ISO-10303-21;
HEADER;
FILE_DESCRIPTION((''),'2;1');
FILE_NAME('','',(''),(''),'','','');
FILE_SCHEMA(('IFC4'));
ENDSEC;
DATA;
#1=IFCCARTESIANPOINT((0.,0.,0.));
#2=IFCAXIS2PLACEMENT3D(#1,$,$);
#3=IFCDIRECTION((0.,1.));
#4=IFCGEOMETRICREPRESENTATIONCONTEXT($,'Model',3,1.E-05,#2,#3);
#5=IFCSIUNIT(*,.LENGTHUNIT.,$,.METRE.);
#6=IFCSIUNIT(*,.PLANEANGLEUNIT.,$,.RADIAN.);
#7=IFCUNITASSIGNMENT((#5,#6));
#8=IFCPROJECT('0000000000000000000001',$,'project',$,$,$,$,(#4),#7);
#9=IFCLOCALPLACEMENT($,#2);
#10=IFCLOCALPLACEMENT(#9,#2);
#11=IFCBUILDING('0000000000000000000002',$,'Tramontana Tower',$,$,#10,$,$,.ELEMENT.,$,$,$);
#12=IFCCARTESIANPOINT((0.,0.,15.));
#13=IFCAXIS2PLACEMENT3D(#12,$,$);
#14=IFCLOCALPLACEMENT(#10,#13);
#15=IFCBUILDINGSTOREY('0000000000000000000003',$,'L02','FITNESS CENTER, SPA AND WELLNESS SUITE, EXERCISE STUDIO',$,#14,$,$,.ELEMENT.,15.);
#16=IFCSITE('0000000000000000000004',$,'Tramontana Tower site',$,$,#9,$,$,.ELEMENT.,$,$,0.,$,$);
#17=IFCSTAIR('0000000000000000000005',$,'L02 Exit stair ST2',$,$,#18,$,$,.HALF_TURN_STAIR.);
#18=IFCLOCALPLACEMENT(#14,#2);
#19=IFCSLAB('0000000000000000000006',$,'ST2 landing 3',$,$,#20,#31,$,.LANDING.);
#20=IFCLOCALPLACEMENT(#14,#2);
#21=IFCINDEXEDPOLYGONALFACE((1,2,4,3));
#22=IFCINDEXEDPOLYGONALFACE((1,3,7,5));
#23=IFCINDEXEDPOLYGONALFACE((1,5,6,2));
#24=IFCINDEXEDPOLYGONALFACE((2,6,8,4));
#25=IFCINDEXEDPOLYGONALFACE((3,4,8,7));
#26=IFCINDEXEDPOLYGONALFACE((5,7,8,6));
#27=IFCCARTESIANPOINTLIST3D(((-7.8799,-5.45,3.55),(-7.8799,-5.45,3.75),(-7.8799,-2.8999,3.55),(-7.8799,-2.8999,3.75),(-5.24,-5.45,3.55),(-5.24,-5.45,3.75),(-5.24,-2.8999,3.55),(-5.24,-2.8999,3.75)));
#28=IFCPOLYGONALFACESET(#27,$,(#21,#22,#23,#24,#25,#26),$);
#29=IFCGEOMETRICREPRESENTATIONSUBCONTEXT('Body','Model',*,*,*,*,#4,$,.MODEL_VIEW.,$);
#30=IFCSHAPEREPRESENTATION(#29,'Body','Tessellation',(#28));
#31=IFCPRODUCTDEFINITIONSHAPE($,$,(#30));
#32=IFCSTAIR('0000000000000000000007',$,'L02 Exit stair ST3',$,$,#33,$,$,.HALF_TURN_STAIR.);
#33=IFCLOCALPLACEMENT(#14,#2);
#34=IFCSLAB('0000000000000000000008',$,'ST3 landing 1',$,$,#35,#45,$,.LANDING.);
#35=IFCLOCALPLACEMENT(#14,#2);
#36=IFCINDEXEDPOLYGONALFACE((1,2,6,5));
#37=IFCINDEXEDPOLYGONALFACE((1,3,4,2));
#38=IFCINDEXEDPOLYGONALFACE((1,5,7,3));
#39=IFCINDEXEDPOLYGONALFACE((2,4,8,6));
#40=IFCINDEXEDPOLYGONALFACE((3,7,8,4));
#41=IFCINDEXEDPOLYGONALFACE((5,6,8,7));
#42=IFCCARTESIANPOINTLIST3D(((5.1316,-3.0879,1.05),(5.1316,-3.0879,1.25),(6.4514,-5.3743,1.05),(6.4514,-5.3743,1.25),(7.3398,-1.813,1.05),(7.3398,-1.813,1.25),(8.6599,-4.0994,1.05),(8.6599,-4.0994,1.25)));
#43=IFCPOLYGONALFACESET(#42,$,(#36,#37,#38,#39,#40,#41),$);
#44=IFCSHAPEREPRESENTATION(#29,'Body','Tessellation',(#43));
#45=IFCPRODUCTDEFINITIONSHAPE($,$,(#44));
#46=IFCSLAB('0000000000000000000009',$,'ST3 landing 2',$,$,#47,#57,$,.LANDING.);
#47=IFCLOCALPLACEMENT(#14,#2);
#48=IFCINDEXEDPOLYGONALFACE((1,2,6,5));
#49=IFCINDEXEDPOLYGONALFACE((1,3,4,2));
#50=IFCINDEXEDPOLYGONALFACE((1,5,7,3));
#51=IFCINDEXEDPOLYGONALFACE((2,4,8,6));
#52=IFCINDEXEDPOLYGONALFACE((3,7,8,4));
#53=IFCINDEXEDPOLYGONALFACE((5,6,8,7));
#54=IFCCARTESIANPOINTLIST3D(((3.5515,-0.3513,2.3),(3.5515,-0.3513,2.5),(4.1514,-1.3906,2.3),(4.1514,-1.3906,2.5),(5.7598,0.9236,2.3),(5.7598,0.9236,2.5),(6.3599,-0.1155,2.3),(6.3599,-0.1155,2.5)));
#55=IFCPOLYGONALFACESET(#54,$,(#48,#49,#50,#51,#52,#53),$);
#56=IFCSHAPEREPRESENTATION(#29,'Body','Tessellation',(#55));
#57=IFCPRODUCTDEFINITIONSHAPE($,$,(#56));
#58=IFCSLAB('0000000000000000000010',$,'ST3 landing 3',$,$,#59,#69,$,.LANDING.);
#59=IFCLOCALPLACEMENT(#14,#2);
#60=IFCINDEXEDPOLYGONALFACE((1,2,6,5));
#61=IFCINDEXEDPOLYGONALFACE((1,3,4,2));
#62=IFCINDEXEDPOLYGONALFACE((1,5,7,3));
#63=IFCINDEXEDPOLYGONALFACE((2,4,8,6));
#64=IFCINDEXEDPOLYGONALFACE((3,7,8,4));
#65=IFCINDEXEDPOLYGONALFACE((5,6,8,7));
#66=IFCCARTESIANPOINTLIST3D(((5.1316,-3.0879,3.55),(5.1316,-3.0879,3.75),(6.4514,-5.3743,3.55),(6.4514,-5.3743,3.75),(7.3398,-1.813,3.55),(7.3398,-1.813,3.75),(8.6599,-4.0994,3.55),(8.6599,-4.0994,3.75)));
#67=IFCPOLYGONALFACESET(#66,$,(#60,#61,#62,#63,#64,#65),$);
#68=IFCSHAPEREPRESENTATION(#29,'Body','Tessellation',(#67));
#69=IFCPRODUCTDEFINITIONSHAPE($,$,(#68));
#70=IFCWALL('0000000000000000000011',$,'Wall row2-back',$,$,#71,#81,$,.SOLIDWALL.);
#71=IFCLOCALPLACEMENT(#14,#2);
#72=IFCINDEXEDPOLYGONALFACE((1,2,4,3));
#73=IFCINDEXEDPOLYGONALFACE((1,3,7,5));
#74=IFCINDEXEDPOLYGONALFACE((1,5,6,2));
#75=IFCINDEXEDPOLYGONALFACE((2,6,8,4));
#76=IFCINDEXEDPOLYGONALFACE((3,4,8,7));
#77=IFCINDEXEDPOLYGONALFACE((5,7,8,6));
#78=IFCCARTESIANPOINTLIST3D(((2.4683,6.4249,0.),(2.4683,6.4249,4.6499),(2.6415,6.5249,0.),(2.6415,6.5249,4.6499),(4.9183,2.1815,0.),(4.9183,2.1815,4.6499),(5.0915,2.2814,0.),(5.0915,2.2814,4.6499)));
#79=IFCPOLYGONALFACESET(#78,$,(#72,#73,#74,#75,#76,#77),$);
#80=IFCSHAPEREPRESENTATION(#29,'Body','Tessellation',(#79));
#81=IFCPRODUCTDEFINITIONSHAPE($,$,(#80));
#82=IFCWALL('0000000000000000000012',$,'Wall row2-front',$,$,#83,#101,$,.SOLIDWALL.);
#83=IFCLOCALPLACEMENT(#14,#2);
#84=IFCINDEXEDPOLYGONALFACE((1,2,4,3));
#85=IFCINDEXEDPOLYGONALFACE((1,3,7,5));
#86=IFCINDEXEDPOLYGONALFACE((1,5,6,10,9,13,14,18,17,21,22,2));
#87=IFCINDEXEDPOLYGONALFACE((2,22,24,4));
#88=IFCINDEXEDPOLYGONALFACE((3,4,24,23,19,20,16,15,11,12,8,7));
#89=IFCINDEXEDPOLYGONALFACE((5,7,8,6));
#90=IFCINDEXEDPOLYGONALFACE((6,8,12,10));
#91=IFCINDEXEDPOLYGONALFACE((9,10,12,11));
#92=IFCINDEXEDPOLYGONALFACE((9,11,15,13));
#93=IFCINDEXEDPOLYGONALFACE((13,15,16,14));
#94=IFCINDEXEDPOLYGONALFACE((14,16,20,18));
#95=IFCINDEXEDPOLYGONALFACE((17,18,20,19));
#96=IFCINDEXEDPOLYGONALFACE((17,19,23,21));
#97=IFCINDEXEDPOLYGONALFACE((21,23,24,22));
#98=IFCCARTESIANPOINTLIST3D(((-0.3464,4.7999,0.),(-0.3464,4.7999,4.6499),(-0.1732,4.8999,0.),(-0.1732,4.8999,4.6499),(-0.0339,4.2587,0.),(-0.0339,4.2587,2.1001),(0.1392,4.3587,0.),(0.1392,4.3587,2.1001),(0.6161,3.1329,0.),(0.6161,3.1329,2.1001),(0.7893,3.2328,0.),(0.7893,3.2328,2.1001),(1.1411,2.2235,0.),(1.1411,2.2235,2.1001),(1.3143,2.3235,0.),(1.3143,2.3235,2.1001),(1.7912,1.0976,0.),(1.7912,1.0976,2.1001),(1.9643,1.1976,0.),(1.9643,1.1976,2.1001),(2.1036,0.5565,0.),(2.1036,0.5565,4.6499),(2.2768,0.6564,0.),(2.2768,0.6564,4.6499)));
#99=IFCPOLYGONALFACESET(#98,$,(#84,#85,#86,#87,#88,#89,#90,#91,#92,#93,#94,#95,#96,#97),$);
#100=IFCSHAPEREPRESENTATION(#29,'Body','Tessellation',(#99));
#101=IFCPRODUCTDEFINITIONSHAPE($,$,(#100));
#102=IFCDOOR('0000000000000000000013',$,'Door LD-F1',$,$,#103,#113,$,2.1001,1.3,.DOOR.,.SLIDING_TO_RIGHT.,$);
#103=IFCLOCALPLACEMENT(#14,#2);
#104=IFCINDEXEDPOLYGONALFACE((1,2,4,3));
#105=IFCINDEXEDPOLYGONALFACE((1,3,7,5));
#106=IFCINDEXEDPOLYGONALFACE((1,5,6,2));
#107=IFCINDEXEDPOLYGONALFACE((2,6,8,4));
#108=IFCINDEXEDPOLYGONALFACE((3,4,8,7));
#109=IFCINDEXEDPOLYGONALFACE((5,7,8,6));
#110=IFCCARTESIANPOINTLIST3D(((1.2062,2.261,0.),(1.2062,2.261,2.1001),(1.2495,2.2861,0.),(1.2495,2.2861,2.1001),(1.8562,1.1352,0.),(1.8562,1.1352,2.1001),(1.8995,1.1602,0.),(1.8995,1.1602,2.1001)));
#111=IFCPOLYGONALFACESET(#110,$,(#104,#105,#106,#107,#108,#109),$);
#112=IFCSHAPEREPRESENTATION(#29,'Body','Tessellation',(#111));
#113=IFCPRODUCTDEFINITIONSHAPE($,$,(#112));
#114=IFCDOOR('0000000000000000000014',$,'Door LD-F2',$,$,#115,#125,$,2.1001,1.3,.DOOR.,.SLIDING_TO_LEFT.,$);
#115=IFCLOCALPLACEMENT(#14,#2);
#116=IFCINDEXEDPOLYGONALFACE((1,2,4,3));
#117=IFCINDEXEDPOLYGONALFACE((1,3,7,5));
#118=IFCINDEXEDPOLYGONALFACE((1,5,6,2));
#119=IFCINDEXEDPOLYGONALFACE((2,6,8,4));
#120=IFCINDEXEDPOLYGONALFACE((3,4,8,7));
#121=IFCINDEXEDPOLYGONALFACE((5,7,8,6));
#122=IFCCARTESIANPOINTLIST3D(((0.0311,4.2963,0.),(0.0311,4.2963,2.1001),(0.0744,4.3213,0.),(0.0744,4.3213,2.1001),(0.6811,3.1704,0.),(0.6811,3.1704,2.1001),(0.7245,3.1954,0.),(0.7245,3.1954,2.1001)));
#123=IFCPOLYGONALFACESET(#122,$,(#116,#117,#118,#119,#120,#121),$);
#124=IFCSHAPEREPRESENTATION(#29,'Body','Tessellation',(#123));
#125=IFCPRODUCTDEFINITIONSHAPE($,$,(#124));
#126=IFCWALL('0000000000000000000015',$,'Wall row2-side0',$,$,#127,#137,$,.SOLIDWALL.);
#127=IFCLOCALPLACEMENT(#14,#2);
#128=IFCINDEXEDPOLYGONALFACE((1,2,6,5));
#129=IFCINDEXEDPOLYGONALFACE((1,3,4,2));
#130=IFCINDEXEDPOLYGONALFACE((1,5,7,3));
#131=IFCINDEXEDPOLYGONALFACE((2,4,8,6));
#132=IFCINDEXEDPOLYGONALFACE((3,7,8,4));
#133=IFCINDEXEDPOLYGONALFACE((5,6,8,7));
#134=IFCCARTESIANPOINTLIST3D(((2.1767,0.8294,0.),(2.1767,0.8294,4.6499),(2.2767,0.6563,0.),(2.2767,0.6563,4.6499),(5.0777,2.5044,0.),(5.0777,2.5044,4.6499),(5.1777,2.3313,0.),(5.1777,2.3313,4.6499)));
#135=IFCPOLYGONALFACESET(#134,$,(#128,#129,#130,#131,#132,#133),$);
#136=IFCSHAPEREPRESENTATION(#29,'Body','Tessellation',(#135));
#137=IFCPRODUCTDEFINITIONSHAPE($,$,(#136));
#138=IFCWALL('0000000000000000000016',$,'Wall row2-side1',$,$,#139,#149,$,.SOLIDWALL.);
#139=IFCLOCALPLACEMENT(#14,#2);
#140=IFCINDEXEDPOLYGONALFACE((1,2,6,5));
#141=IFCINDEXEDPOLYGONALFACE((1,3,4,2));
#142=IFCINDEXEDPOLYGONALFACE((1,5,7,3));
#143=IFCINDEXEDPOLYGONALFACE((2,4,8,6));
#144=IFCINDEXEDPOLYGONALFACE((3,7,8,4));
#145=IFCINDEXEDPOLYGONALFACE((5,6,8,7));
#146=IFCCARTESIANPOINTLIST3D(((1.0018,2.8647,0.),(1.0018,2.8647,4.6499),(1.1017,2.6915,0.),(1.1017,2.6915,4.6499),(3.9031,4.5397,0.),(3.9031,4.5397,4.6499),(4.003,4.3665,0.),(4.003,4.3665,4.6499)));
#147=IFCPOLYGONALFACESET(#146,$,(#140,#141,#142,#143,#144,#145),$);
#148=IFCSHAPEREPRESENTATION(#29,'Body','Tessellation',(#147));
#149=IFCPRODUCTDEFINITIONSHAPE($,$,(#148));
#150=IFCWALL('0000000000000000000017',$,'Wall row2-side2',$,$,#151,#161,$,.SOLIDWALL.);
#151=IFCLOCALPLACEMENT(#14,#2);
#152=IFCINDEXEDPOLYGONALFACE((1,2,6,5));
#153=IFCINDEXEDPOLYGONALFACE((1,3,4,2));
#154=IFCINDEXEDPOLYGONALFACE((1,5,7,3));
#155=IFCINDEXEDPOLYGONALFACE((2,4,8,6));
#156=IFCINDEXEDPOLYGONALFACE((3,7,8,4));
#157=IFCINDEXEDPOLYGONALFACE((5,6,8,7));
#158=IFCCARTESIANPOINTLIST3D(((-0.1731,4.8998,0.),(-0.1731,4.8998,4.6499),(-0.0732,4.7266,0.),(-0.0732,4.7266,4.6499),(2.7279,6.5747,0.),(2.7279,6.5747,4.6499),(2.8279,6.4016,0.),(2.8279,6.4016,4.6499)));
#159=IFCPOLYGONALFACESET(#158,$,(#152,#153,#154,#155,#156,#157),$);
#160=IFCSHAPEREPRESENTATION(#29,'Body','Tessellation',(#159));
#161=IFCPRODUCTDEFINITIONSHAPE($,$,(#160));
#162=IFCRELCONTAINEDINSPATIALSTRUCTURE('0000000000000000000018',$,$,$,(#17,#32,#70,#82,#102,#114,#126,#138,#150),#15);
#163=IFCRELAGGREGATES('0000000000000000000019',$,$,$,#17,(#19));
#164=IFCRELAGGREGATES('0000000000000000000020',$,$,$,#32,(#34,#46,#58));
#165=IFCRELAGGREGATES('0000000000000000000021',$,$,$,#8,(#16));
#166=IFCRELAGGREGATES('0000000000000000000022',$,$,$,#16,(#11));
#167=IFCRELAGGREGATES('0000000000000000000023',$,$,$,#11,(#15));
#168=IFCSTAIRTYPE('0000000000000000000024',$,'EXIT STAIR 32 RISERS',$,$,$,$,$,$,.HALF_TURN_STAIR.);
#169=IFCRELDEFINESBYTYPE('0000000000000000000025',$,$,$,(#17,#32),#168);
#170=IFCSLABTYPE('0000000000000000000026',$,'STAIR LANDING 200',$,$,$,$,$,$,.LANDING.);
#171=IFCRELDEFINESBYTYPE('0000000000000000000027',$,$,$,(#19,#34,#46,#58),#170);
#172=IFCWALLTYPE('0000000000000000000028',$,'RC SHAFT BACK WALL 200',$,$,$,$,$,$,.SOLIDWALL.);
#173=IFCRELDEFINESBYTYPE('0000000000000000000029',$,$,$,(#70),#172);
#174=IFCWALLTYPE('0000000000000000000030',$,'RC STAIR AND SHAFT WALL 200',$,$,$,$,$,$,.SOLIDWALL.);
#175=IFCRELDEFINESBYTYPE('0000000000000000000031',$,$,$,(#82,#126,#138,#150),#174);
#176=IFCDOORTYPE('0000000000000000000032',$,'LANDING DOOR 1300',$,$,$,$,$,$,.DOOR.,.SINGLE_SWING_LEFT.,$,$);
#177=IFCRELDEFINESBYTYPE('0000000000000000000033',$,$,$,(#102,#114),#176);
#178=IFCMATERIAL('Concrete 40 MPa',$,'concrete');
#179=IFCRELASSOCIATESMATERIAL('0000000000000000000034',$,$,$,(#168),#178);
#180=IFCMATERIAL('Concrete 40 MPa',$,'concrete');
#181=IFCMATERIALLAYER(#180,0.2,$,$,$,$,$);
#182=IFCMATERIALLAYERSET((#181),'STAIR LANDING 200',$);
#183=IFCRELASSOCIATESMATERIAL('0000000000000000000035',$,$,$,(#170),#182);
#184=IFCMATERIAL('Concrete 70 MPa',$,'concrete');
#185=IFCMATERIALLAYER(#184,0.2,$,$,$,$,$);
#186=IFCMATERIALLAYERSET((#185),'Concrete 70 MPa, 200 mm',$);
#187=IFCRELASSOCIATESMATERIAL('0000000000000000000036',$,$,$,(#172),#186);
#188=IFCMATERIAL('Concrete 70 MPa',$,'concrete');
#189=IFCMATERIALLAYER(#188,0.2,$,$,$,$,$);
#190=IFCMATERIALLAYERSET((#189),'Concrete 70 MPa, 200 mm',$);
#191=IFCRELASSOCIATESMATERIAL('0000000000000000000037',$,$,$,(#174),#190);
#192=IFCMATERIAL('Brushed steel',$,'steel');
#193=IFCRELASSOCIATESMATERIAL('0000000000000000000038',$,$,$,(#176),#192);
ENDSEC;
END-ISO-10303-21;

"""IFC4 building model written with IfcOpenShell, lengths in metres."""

from ifc_helpers import new_model, si_unit, direction, frame, frame_2d, origin, place, context, subcontext, project, spatial, polyline, rectangle, outline, extrude, material, layer, layer_set, type_object, element, fill, aggregate, save


model = new_model("IFC4")

# Units and contexts
model_context = context("Model", 3, precision=1e-05, world=origin(), true_north=direction((0.0, 1.0)))
body_context = subcontext(model_context, "Body", "Model", "MODEL_VIEW")
ifc_project = project(units=[si_unit("LENGTHUNIT", "METRE"), si_unit("PLANEANGLEUNIT", "RADIAN")], contexts=[model_context])

# Site, building, storey
site_placement = place(None, origin())
site = spatial("IfcSite", under=ifc_project, at=site_placement, Name="Tramontana Tower site", CompositionType="ELEMENT", RefElevation=0.0)
building_placement = place(site_placement, origin())
building = spatial("IfcBuilding", under=site, at=building_placement, Name="Tramontana Tower", CompositionType="ELEMENT")
storey_placement = place(building_placement, frame((0.0, 0.0, 15.0)))
storey = spatial("IfcBuildingStorey", under=building, at=storey_placement, Name="L02", Description="FITNESS CENTER, SPA AND WELLNESS SUITE, EXERCISE STUDIO", CompositionType="ELEMENT", Elevation=15.0)

# Stairs, slabs
ifc_material_1 = material(Name="Concrete 40 MPa", Category="concrete")
stair_type = type_object("IfcStairType", Name="EXIT STAIR 32 RISERS", PredefinedType="HALF_TURN_STAIR", material=ifc_material_1)
ifc_material_2 = material(Name="Concrete 40 MPa", Category="concrete")
ifc_layer_1 = layer(ifc_material_2, 0.2)
ifc_layer_set_1 = layer_set([ifc_layer_1], Name="STAIR LANDING 200")
slab_type_1 = type_object("IfcSlabType", Name="STAIR LANDING 200", PredefinedType="LANDING", material=ifc_layer_set_1)
stair_1_placement = place(storey_placement, origin())
stair_1 = element("IfcStair", 1, at=stair_1_placement, inside=storey, type_object=stair_type, Name="L02 Exit stair ST2", PredefinedType="HALF_TURN_STAIR")
slab_1_placement = place(storey_placement, frame((0.0, 0.0, 3.55)))
slab_1 = element("IfcSlab", 2, at=slab_1_placement, type_object=slab_type_1, Name="ST2 landing 3", PredefinedType="LANDING", context=body_context, shape_type="SweptSolid", body=[
    extrude(outline(polyline([(-5.24, -2.8999), (-7.8799, -2.8999), (-7.8799, -5.45), (-5.24, -5.45), (-5.24, -2.8999)])), origin(), (0.0, 0.0, 1.0), 0.2),
])
aggregate(stair_1, [slab_1])
stair_2_placement = place(storey_placement, origin())
stair_2 = element("IfcStair", 3, at=stair_2_placement, inside=storey, type_object=stair_type, Name="L02 Exit stair ST3", PredefinedType="HALF_TURN_STAIR")
slab_2_placement = place(storey_placement, frame((0.0, 0.0, 1.05)))
slab_2 = element("IfcSlab", 4, at=slab_2_placement, type_object=slab_type_1, Name="ST3 landing 1", PredefinedType="LANDING", context=body_context, shape_type="SweptSolid", body=[
    extrude(outline(polyline([(5.1316, -3.0879), (6.4514, -5.3743), (8.6599, -4.0994), (7.3398, -1.813), (5.1316, -3.0879)])), origin(), (0.0, 0.0, 1.0), 0.2),
])
slab_3_placement = place(storey_placement, frame((0.0, 0.0, 2.3)))
slab_3 = element("IfcSlab", 5, at=slab_3_placement, type_object=slab_type_1, Name="ST3 landing 2", PredefinedType="LANDING", context=body_context, shape_type="SweptSolid", body=[
    extrude(outline(polyline([(3.5515, -0.3513), (4.1514, -1.3906), (6.3599, -0.1155), (5.7598, 0.9236), (3.5515, -0.3513)])), origin(), (0.0, 0.0, 1.0), 0.2),
])
slab_4_placement = place(storey_placement, frame((0.0, 0.0, 3.55)))
slab_4 = element("IfcSlab", 6, at=slab_4_placement, type_object=slab_type_1, Name="ST3 landing 3", PredefinedType="LANDING", context=body_context, shape_type="SweptSolid", body=[
    extrude(outline(polyline([(5.1316, -3.0879), (6.4514, -5.3743), (8.6599, -4.0994), (7.3398, -1.813), (5.1316, -3.0879)])), origin(), (0.0, 0.0, 1.0), 0.2),
])
aggregate(stair_2, [slab_2, slab_3, slab_4])

# Wall
ifc_material_3 = material(Name="Concrete 70 MPa", Category="concrete")
ifc_layer_2 = layer(ifc_material_3, 0.2)
ifc_layer_set_2 = layer_set([ifc_layer_2], Name="Concrete 70 MPa, 200 mm")
wall_type_1 = type_object("IfcWallType", Name="RC SHAFT BACK WALL 200", PredefinedType="SOLIDWALL", material=ifc_layer_set_2)
wall_1_placement = place(storey_placement, frame((5.0049, 2.2314, 0.0), z_axis=(0.0, 0.0, 1.0), x_axis=(-0.500003, 0.866024, 0.0)))
element("IfcWall", 7, at=wall_1_placement, inside=storey, type_object=wall_type_1, Name="Wall row2-back", PredefinedType="SOLIDWALL", context=body_context, shape_type="SweptSolid", body=[
    extrude(rectangle(XDim=4.8999, YDim=0.2, at=frame_2d((2.45, 0.0))), origin(), (0.0, 0.0, 1.0), 4.6499),
])

# Shared definitions
ifc_material_4 = material(Name="Concrete 70 MPa", Category="concrete")
ifc_layer_3 = layer(ifc_material_4, 0.2)
ifc_layer_set_3 = layer_set([ifc_layer_3], Name="Concrete 70 MPa, 200 mm")
wall_type_2 = type_object("IfcWallType", Name="RC STAIR AND SHAFT WALL 200", PredefinedType="SOLIDWALL", material=ifc_layer_set_3)

# Wall, openings, doors
wall_2_placement = place(storey_placement, frame((2.1902, 0.6064, 0.0), z_axis=(0.0, 0.0, 1.0), x_axis=(-0.500003, 0.866024, 0.0)))
wall_2 = element("IfcWall", 8, at=wall_2_placement, inside=storey, type_object=wall_type_2, Name="Wall row2-front", PredefinedType="SOLIDWALL", context=body_context, shape_type="SweptSolid", body=[
    extrude(rectangle(XDim=4.8999, YDim=0.2, at=frame_2d((2.45, 0.0))), origin(), (0.0, 0.0, 1.0), 4.6499),
])
opening_1_placement = place(wall_2_placement, frame((0.625, 0.0, 0.0)))
opening_1 = element("IfcOpeningElement", 9, at=opening_1_placement, cuts=wall_2, PredefinedType="OPENING", context=body_context, shape_type="SweptSolid", body=[
    extrude(rectangle(XDim=1.3, YDim=2.1001, at=frame_2d((0.6499, 1.05))), frame((0.0, 0.1099, 0.0), z_axis=(0.0, -1.0, 0.0), x_axis=(1.0, 0.0, 0.0)), (0.0, 0.0, 1.0), 0.22),
])
opening_2_placement = place(wall_2_placement, frame((2.9751, 0.0, 0.0)))
opening_2 = element("IfcOpeningElement", 10, at=opening_2_placement, cuts=wall_2, PredefinedType="OPENING", context=body_context, shape_type="SweptSolid", body=[
    extrude(rectangle(XDim=1.3, YDim=2.1001, at=frame_2d((0.6499, 1.05))), frame((0.0, 0.1099, 0.0), z_axis=(0.0, -1.0, 0.0), x_axis=(1.0, 0.0, 0.0)), (0.0, 0.0, 1.0), 0.22),
])
ifc_material_5 = material(Name="Brushed steel", Category="steel")
door_type_1 = type_object("IfcDoorType", Name="LANDING DOOR 1300", OperationType="SINGLE_SWING_LEFT", PredefinedType="DOOR", material=ifc_material_5)
door_1_placement = place(opening_1_placement, origin())
door_1 = element("IfcDoor", 11, at=door_1_placement, inside=storey, type_object=door_type_1, Name="Door LD-F1", OperationType="SLIDING_TO_RIGHT", OverallHeight=2.1001, OverallWidth=1.3, PredefinedType="DOOR", context=body_context, shape_type="SweptSolid", body=[
    extrude(rectangle(XDim=1.3, YDim=2.1001, at=frame_2d((0.6499, 1.05))), frame((0.0, 0.0249, 0.0), z_axis=(0.0, -1.0, 0.0), x_axis=(1.0, 0.0, 0.0)), (0.0, 0.0, 1.0), 0.05),
])
fill(opening_1, door_1)
door_2_placement = place(opening_2_placement, origin())
door_2 = element("IfcDoor", 12, at=door_2_placement, inside=storey, type_object=door_type_1, Name="Door LD-F2", OperationType="SLIDING_TO_LEFT", OverallHeight=2.1001, OverallWidth=1.3, PredefinedType="DOOR", context=body_context, shape_type="SweptSolid", body=[
    extrude(rectangle(XDim=1.3, YDim=2.1001, at=frame_2d((0.6499, 1.05))), frame((0.0, 0.0249, 0.0), z_axis=(0.0, -1.0, 0.0), x_axis=(1.0, 0.0, 0.0)), (0.0, 0.0, 1.0), 0.05),
])
fill(opening_2, door_2)

# Walls
wall_3_placement = place(storey_placement, frame((2.2268, 0.7429, 0.0), z_axis=(0.0, 0.0, 1.0), x_axis=(0.866014, 0.500019, 0.0)))
element("IfcWall", 13, at=wall_3_placement, inside=storey, type_object=wall_type_2, Name="Wall row2-side0", PredefinedType="SOLIDWALL", context=body_context, shape_type="SweptSolid", body=[
    extrude(rectangle(XDim=3.3499, YDim=0.2, at=frame_2d((1.6748, 0.0))), origin(), (0.0, 0.0, 1.0), 4.6499),
])
wall_4_placement = place(storey_placement, frame((1.0518, 2.7781, 0.0), z_axis=(0.0, 0.0, 1.0), x_axis=(0.866033, 0.499987, 0.0)))
element("IfcWall", 14, at=wall_4_placement, inside=storey, type_object=wall_type_2, Name="Wall row2-side1", PredefinedType="SOLIDWALL", context=body_context, shape_type="SweptSolid", body=[
    extrude(rectangle(XDim=3.3501, YDim=0.2, at=frame_2d((1.675, 0.0))), origin(), (0.0, 0.0, 1.0), 4.6499),
])
wall_5_placement = place(storey_placement, frame((-0.123, 4.8132, 0.0), z_axis=(0.0, 0.0, 1.0), x_axis=(0.866014, 0.500019, 0.0)))
element("IfcWall", 15, at=wall_5_placement, inside=storey, type_object=wall_type_2, Name="Wall row2-side2", PredefinedType="SOLIDWALL", context=body_context, shape_type="SweptSolid", body=[
    extrude(rectangle(XDim=3.3499, YDim=0.2, at=frame_2d((1.6748, 0.0))), origin(), (0.0, 0.0, 1.0), 4.6499),
])

save(model, "model.ifc")
